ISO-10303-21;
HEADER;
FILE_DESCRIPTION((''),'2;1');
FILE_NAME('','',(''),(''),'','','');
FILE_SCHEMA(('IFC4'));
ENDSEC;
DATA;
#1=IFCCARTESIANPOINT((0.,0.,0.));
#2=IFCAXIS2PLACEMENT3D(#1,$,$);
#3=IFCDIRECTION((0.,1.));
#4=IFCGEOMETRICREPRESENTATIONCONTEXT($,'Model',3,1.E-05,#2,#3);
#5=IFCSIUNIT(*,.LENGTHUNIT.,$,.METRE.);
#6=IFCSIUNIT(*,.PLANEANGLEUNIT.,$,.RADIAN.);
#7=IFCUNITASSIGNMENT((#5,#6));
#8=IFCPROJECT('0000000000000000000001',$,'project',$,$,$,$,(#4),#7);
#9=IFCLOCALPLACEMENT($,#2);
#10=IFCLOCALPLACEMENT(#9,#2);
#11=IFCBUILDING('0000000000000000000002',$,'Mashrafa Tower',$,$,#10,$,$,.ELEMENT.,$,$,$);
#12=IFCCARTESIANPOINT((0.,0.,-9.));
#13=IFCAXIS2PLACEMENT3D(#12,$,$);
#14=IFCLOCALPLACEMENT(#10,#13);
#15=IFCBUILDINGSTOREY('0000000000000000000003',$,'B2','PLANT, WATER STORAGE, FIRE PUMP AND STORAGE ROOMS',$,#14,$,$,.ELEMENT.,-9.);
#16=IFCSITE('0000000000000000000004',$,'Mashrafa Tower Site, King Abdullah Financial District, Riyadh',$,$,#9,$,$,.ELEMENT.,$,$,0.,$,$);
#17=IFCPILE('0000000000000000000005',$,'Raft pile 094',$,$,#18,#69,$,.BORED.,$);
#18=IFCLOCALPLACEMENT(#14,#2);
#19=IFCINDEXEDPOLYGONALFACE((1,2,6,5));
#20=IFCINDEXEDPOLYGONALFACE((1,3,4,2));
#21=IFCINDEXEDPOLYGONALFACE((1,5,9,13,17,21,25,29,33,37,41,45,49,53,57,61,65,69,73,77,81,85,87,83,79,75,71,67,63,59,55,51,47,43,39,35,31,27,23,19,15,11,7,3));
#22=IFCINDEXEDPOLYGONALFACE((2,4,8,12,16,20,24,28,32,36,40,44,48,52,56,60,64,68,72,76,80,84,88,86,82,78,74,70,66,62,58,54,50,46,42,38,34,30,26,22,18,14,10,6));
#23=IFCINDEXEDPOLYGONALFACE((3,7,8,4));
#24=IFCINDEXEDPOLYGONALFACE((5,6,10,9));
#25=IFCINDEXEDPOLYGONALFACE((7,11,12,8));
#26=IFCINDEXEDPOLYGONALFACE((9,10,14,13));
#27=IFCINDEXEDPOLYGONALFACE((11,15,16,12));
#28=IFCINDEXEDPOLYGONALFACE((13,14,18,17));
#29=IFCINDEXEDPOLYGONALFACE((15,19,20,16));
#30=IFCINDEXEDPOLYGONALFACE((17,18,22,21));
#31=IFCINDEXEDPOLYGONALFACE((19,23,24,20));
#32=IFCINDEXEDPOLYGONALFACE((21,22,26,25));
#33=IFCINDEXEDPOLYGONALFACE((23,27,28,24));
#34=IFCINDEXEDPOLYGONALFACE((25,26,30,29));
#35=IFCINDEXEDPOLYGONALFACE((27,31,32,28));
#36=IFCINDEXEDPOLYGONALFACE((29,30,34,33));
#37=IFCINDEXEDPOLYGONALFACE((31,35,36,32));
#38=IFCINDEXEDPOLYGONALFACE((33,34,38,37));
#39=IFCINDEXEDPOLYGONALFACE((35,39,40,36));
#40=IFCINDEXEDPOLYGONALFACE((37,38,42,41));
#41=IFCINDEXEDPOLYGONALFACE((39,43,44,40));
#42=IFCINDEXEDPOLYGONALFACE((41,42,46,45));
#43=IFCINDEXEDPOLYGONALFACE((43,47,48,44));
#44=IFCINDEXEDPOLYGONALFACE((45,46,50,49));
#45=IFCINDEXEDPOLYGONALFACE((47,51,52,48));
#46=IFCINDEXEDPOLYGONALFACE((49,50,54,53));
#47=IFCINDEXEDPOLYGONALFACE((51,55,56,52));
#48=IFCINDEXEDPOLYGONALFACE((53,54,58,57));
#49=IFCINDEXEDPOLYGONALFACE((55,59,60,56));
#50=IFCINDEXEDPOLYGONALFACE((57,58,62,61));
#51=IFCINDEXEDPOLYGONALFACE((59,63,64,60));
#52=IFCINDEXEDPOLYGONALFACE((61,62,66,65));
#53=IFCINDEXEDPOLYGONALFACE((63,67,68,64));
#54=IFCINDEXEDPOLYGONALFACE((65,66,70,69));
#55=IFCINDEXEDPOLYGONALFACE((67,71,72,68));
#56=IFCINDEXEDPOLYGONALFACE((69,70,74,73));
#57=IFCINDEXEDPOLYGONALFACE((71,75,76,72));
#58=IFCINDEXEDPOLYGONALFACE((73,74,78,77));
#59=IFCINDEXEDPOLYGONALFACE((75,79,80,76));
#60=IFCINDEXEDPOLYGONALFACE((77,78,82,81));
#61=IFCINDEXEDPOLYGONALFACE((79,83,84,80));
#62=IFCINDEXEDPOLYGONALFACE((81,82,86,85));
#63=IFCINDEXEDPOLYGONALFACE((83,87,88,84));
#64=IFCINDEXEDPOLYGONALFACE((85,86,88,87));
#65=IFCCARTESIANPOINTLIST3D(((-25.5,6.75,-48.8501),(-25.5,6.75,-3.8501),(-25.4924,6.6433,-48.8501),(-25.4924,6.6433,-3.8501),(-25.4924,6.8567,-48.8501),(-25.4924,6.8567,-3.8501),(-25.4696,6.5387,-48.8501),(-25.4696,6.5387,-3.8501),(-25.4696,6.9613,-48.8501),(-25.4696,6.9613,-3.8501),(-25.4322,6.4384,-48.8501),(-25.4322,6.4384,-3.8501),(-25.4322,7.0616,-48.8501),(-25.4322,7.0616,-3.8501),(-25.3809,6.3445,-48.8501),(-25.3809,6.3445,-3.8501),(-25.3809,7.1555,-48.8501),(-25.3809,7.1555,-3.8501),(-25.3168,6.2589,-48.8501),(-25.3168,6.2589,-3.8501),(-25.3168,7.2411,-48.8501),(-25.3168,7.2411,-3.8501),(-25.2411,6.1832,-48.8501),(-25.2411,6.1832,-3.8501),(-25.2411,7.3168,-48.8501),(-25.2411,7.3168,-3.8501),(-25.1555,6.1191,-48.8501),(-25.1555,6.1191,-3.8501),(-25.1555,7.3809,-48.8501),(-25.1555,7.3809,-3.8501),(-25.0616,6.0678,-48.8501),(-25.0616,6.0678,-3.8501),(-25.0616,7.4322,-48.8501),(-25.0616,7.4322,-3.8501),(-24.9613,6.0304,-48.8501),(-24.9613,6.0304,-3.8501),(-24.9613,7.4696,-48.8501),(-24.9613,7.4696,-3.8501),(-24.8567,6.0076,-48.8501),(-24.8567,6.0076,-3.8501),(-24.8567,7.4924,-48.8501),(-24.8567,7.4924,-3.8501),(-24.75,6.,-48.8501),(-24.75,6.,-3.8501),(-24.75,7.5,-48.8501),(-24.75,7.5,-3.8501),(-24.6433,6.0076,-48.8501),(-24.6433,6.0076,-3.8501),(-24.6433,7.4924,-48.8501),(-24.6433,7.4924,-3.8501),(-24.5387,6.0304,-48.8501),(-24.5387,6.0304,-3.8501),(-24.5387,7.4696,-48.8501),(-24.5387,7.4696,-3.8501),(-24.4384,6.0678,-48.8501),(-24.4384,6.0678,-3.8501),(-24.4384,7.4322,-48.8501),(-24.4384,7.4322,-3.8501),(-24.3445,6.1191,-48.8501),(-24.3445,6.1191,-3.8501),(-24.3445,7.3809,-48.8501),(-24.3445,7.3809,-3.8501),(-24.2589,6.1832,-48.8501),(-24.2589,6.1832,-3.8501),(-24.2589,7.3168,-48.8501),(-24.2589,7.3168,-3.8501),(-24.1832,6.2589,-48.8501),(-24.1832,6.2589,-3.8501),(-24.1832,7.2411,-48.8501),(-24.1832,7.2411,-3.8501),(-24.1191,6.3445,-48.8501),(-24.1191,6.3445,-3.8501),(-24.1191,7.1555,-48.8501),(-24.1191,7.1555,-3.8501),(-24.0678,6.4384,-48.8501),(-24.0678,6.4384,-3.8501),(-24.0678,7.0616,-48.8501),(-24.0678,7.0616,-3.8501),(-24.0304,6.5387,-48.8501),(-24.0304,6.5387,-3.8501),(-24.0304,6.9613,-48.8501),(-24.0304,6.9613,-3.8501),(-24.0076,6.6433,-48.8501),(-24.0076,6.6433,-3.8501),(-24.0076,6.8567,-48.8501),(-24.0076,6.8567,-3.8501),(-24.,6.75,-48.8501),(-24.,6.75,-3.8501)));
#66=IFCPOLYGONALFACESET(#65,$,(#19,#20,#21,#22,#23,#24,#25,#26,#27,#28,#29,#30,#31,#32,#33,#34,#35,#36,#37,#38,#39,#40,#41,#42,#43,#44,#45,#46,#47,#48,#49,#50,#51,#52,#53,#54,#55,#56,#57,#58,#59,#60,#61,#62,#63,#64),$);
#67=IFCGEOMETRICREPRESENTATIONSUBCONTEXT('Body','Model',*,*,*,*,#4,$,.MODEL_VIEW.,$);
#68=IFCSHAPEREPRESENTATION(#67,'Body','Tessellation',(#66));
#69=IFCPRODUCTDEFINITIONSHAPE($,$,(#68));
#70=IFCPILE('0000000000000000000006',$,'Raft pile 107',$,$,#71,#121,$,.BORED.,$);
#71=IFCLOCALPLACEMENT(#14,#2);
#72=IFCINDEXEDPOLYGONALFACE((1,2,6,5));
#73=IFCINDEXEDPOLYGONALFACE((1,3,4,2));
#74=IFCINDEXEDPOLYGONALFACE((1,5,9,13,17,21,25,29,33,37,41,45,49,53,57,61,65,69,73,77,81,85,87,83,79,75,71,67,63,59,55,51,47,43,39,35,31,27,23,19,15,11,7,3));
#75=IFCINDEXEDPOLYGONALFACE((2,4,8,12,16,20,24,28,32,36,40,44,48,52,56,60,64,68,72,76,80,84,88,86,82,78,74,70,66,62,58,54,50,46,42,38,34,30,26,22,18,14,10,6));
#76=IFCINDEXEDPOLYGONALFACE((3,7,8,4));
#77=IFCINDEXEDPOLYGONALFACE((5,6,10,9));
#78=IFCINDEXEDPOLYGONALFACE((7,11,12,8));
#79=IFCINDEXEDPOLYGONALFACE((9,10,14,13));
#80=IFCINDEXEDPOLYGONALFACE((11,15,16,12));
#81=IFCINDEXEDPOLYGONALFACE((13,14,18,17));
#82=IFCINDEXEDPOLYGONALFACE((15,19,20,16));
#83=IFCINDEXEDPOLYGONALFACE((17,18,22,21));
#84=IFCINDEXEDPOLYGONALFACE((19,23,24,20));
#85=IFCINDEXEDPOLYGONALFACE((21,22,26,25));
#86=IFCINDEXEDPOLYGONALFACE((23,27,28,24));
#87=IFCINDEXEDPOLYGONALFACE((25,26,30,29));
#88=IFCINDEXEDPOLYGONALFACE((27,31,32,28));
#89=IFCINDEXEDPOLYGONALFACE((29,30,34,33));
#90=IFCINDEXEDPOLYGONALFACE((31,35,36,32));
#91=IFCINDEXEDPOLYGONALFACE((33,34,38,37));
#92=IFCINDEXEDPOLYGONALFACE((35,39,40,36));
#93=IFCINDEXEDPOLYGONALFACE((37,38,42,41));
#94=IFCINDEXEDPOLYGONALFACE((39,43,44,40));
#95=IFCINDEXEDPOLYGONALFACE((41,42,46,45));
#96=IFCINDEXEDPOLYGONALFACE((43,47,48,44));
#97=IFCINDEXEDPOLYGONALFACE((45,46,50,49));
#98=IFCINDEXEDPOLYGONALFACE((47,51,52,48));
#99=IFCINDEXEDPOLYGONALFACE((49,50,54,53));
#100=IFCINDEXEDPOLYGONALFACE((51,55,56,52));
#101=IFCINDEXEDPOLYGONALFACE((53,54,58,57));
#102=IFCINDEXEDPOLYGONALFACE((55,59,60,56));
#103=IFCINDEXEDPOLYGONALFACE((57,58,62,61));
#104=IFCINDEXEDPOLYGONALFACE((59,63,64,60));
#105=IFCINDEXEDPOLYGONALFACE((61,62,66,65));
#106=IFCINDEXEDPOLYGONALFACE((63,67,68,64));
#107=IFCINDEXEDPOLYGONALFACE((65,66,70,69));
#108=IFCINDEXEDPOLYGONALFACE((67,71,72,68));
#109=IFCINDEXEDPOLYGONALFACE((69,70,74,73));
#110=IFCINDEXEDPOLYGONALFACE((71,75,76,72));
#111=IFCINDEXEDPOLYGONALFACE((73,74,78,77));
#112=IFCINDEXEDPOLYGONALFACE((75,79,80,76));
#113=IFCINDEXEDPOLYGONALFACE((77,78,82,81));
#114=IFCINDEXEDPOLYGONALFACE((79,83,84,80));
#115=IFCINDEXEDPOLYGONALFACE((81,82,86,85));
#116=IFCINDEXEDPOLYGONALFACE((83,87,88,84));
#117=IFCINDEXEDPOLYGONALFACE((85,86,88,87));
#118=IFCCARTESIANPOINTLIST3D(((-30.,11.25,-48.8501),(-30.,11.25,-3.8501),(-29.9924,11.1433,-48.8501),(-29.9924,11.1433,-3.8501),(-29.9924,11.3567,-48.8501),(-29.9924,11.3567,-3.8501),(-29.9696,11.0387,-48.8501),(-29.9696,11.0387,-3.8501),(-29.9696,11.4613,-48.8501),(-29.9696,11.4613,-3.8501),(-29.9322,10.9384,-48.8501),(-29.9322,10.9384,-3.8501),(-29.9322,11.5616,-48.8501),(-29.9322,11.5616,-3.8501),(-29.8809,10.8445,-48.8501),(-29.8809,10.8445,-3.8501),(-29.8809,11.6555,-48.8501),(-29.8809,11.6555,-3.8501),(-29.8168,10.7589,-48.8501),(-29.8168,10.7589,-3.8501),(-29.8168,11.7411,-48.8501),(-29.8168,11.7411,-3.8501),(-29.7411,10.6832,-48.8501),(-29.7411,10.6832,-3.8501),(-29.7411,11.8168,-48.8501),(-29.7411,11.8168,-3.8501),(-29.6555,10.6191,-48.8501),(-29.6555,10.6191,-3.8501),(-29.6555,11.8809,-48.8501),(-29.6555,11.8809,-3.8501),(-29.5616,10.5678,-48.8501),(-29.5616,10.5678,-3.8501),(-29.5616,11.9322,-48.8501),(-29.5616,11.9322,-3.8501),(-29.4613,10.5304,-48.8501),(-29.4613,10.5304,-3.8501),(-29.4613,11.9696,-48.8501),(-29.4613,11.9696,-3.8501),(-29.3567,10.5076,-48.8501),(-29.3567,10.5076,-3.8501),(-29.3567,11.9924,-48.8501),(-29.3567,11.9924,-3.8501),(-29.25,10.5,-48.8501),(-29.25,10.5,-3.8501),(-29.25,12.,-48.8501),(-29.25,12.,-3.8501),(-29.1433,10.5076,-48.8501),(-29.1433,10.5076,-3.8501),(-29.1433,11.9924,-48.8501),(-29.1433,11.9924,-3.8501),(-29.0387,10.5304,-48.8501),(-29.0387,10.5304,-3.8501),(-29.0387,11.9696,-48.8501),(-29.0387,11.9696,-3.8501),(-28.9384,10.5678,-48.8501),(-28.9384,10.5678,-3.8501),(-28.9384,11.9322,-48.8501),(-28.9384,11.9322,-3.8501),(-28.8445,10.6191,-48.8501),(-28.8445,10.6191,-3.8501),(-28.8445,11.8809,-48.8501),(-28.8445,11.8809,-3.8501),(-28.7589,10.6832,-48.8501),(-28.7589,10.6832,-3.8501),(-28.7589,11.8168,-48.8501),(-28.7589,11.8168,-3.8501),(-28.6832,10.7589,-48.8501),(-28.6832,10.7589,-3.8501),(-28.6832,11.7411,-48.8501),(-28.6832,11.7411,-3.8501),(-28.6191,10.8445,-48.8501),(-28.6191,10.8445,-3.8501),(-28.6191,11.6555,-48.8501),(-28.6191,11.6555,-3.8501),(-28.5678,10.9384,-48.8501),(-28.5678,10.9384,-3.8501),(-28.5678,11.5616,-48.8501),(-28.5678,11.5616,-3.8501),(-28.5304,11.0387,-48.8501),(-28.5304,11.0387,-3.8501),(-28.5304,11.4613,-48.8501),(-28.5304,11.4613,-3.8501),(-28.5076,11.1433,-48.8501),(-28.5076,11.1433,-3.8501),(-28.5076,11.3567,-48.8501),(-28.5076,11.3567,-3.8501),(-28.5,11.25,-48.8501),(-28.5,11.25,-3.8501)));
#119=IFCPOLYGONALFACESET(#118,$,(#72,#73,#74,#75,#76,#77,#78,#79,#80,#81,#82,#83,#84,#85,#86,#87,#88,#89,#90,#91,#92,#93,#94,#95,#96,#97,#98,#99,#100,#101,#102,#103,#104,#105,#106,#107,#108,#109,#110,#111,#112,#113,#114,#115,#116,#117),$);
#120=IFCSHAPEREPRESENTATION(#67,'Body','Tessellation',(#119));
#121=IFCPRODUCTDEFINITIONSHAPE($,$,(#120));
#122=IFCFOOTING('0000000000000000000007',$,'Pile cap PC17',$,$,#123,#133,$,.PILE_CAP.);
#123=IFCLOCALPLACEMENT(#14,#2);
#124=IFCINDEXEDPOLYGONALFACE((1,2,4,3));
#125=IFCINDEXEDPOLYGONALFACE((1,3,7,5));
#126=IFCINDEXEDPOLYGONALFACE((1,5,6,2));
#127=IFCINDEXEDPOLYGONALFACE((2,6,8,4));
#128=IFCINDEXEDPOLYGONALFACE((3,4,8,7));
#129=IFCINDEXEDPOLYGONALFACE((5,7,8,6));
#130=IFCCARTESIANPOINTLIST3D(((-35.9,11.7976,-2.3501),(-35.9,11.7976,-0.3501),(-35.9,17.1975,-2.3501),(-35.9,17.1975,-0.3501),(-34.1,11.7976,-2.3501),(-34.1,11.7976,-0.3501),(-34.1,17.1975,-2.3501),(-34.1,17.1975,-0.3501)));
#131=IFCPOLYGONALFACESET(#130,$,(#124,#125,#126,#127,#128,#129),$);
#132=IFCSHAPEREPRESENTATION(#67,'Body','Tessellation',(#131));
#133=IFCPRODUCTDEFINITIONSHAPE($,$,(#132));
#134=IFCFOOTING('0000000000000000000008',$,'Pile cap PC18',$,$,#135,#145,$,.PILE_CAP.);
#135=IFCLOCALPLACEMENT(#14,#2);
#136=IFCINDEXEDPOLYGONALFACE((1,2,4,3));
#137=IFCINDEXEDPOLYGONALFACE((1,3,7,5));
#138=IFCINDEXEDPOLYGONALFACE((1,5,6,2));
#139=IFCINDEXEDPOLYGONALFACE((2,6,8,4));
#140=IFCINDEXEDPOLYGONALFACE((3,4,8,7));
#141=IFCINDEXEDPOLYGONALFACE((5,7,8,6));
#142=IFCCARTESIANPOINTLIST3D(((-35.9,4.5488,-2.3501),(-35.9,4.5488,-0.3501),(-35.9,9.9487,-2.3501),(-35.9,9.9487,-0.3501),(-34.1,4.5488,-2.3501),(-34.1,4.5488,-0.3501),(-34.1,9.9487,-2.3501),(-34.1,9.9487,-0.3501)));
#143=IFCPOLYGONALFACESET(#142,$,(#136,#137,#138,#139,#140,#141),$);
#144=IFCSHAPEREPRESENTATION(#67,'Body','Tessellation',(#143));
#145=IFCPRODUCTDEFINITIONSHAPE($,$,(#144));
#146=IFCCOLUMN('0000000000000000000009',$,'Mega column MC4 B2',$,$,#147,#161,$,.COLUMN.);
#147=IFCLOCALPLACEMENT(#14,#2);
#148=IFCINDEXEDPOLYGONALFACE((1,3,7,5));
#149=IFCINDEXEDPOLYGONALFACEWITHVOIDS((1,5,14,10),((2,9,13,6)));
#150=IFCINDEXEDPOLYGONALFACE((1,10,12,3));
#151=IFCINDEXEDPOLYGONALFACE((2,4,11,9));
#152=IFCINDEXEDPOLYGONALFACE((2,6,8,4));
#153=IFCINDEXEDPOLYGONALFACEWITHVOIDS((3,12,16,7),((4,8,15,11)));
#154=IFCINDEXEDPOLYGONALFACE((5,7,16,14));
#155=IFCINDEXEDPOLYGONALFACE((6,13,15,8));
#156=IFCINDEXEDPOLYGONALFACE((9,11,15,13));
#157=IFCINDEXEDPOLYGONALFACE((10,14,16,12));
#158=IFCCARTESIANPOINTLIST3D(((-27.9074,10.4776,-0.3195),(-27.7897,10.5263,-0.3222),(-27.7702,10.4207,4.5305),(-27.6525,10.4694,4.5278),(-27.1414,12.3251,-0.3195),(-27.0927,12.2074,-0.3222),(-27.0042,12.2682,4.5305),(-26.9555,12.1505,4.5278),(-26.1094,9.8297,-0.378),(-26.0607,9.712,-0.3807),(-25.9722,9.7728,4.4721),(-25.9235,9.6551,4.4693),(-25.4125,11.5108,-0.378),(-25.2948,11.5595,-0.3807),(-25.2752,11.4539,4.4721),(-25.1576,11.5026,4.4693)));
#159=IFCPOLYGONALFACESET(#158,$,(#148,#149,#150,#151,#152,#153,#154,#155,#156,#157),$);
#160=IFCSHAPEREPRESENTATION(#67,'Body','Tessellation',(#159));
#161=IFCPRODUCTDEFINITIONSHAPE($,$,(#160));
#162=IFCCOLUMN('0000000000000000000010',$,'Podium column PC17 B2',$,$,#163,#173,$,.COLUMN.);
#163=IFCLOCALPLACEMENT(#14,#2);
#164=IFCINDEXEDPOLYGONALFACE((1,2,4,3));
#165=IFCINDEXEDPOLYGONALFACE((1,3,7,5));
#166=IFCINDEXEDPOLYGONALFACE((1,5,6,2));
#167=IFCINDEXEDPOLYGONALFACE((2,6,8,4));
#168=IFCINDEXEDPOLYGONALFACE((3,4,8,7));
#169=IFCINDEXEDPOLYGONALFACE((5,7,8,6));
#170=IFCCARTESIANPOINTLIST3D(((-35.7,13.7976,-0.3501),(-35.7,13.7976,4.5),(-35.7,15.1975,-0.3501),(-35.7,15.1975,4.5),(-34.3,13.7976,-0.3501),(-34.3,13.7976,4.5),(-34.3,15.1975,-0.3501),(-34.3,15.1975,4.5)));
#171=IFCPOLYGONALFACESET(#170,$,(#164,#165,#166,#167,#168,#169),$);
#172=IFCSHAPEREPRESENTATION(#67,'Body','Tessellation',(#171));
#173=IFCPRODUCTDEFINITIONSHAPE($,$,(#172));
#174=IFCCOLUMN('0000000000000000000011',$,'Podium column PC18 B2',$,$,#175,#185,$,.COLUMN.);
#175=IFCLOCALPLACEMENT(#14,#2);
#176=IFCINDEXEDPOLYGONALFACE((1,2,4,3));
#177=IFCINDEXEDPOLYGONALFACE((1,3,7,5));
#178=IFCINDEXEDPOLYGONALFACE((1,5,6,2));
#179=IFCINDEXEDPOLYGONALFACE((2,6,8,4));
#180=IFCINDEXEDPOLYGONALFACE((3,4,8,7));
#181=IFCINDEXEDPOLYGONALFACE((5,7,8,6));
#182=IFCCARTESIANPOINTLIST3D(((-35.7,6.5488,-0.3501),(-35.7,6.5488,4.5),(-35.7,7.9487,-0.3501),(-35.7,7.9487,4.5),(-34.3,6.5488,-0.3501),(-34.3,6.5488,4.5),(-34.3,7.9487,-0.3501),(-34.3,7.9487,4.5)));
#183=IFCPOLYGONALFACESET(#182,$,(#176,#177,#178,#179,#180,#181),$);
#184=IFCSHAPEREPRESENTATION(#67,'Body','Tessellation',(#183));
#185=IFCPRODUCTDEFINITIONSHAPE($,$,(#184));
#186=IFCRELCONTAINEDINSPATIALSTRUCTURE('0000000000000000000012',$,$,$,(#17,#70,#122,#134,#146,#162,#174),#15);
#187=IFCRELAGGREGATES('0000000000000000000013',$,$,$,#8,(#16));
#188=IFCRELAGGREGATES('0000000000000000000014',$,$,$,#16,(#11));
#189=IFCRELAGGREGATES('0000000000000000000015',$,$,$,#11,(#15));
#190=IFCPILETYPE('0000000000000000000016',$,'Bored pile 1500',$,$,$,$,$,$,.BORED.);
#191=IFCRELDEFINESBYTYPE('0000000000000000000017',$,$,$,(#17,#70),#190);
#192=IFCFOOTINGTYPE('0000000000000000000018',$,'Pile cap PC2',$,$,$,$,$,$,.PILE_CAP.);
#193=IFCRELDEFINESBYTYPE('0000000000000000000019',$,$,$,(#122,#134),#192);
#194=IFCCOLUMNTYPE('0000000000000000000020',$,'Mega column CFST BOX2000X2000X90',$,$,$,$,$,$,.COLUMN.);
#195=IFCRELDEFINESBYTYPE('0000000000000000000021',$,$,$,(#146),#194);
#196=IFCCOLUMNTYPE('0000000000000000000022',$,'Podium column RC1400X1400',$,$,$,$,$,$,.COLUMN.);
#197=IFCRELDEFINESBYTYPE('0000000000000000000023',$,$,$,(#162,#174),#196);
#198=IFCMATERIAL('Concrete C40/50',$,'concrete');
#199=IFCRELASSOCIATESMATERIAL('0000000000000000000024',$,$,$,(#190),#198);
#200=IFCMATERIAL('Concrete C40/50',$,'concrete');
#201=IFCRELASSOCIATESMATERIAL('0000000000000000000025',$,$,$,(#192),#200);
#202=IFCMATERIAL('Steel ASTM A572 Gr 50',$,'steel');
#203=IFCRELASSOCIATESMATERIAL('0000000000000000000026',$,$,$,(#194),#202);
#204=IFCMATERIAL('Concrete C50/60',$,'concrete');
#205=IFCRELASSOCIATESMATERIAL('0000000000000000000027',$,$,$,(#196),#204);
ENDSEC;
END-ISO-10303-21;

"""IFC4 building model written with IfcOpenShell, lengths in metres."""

from ifc_helpers import new_model, si_unit, direction, frame, origin, origin_2d, place, context, subcontext, project, spatial, rectangle, hollow_rectangle, circle, extrude, material, material_profile, profile_set, type_object, element, save


model = new_model("IFC4")

# Units and contexts
model_context = context("Model", 3, precision=1e-05, world=origin(), true_north=direction((0.0, 1.0)))
body_context = subcontext(model_context, "Body", "Model", "MODEL_VIEW")
ifc_project = project(units=[si_unit("LENGTHUNIT", "METRE"), si_unit("PLANEANGLEUNIT", "RADIAN")], contexts=[model_context])

# Site, building, storey
site_placement = place(None, origin())
site = spatial("IfcSite", under=ifc_project, at=site_placement, Name="Mashrafa Tower Site, King Abdullah Financial District, Riyadh", CompositionType="ELEMENT", RefElevation=0.0)
building_placement = place(site_placement, origin())
building = spatial("IfcBuilding", under=site, at=building_placement, Name="Mashrafa Tower", CompositionType="ELEMENT")
storey_placement = place(building_placement, frame((0.0, 0.0, -9.0)))
storey = spatial("IfcBuildingStorey", under=building, at=storey_placement, Name="B2", Description="PLANT, WATER STORAGE, FIRE PUMP AND STORAGE ROOMS", CompositionType="ELEMENT", Elevation=-9.0)

# Piles
ifc_material_1 = material(Name="Concrete C40/50", Category="concrete")
ifc_material_profile_1 = material_profile(ifc_material_1, circle(Radius=0.75, at=origin_2d()), Name="1500 DIA")
ifc_profile_set_1 = profile_set([ifc_material_profile_1], Name="Concrete C40/50")
pile_type_1 = type_object("IfcPileType", Name="Bored pile 1500", PredefinedType="BORED", material=ifc_profile_set_1)
for number, where, z_axis, x_axis, name in (
    (1, (-24.75, 6.75, -3.8501), (0.0, 0.0, -1.0), (1.0, 0.0, 0.0), "Raft pile 094"),
    (2, (-29.25, 11.25, -3.8501), (0.0, 0.0, -1.0), (1.0, 0.0, 0.0), "Raft pile 107"),
):
    element("IfcPile", number, at=place(storey_placement, frame(where, z_axis=z_axis, x_axis=x_axis)), inside=storey, type_object=pile_type_1, Name=name, PredefinedType="BORED", context=body_context, shape_type="SweptSolid", body=[
        extrude(circle(Radius=0.75, at=origin_2d()), origin(), (0.0, 0.0, 1.0), 45.0),
    ])

# Footings
ifc_material_2 = material(Name="Concrete C40/50", Category="concrete")
footing_type = type_object("IfcFootingType", Name="Pile cap PC2", PredefinedType="PILE_CAP", material=ifc_material_2)
for number, where, z_axis, x_axis, name in (
    (3, (-35.0, 14.4976, -2.3501), (0.0, 0.0, 1.0), (0.0, -1.0, 0.0), "Pile cap PC17"),
    (4, (-35.0, 7.2488, -2.3501), (0.0, 0.0, 1.0), (0.0, -1.0, 0.0), "Pile cap PC18"),
):
    element("IfcFooting", number, at=place(storey_placement, frame(where, z_axis=z_axis, x_axis=x_axis)), inside=storey, type_object=footing_type, Name=name, PredefinedType="PILE_CAP", context=body_context, shape_type="SweptSolid", body=[
        extrude(rectangle(XDim=5.3999, YDim=1.8, at=origin_2d()), origin(), (0.0, 0.0, 1.0), 2.0),
    ])

# Columns
ifc_material_3 = material(Name="Steel ASTM A572 Gr 50", Category="steel")
ifc_material_profile_2 = material_profile(ifc_material_3, hollow_rectangle(XDim=2.0, YDim=2.0, WallThickness=0.0901, at=origin_2d()), Name="BOX2000X2000X90")
ifc_profile_set_2 = profile_set([ifc_material_profile_2], Name="Steel ASTM A572 Gr 50")
column_type_1 = type_object("IfcColumnType", Name="Mega column CFST BOX2000X2000X90", PredefinedType="COLUMN", material=ifc_profile_set_2)
column_placement = place(storey_placement, frame((-26.6011, 11.0186, -0.3501), z_axis=(0.028276, -0.011723, 0.999531), x_axis=(0.382981, 0.923756, 0.0)))
element("IfcColumn", 5, at=column_placement, inside=storey, type_object=column_type_1, Name="Mega column MC4 B2", PredefinedType="COLUMN", context=body_context, shape_type="SweptSolid", body=[
    extrude(hollow_rectangle(XDim=2.0, YDim=2.0, WallThickness=0.0901, at=origin_2d()), origin(), (0.0, 0.0, 1.0), 4.8523),
])
ifc_material_4 = material(Name="Concrete C50/60", Category="concrete")
ifc_material_profile_3 = material_profile(ifc_material_4, rectangle(XDim=1.3999, YDim=1.3999, at=origin_2d()), Name="RC1400X1400")
ifc_profile_set_3 = profile_set([ifc_material_profile_3], Name="Concrete C50/60")
column_type_2 = type_object("IfcColumnType", Name="Podium column RC1400X1400", PredefinedType="COLUMN", material=ifc_profile_set_3)
for number, where, z_axis, x_axis, name in (
    (6, (-35.0, 14.4976, -0.3501), (0.0, 0.0, 1.0), (1.0, 0.0, 0.0), "Podium column PC17 B2"),
    (7, (-35.0, 7.2488, -0.3501), (0.0, 0.0, 1.0), (1.0, 0.0, 0.0), "Podium column PC18 B2"),
):
    element("IfcColumn", number, at=place(storey_placement, frame(where, z_axis=z_axis, x_axis=x_axis)), inside=storey, type_object=column_type_2, Name=name, PredefinedType="COLUMN", context=body_context, shape_type="SweptSolid", body=[
        extrude(rectangle(XDim=1.3999, YDim=1.3999, at=origin_2d()), origin(), (0.0, 0.0, 1.0), 4.8501),
    ])

save(model, "model.ifc")
